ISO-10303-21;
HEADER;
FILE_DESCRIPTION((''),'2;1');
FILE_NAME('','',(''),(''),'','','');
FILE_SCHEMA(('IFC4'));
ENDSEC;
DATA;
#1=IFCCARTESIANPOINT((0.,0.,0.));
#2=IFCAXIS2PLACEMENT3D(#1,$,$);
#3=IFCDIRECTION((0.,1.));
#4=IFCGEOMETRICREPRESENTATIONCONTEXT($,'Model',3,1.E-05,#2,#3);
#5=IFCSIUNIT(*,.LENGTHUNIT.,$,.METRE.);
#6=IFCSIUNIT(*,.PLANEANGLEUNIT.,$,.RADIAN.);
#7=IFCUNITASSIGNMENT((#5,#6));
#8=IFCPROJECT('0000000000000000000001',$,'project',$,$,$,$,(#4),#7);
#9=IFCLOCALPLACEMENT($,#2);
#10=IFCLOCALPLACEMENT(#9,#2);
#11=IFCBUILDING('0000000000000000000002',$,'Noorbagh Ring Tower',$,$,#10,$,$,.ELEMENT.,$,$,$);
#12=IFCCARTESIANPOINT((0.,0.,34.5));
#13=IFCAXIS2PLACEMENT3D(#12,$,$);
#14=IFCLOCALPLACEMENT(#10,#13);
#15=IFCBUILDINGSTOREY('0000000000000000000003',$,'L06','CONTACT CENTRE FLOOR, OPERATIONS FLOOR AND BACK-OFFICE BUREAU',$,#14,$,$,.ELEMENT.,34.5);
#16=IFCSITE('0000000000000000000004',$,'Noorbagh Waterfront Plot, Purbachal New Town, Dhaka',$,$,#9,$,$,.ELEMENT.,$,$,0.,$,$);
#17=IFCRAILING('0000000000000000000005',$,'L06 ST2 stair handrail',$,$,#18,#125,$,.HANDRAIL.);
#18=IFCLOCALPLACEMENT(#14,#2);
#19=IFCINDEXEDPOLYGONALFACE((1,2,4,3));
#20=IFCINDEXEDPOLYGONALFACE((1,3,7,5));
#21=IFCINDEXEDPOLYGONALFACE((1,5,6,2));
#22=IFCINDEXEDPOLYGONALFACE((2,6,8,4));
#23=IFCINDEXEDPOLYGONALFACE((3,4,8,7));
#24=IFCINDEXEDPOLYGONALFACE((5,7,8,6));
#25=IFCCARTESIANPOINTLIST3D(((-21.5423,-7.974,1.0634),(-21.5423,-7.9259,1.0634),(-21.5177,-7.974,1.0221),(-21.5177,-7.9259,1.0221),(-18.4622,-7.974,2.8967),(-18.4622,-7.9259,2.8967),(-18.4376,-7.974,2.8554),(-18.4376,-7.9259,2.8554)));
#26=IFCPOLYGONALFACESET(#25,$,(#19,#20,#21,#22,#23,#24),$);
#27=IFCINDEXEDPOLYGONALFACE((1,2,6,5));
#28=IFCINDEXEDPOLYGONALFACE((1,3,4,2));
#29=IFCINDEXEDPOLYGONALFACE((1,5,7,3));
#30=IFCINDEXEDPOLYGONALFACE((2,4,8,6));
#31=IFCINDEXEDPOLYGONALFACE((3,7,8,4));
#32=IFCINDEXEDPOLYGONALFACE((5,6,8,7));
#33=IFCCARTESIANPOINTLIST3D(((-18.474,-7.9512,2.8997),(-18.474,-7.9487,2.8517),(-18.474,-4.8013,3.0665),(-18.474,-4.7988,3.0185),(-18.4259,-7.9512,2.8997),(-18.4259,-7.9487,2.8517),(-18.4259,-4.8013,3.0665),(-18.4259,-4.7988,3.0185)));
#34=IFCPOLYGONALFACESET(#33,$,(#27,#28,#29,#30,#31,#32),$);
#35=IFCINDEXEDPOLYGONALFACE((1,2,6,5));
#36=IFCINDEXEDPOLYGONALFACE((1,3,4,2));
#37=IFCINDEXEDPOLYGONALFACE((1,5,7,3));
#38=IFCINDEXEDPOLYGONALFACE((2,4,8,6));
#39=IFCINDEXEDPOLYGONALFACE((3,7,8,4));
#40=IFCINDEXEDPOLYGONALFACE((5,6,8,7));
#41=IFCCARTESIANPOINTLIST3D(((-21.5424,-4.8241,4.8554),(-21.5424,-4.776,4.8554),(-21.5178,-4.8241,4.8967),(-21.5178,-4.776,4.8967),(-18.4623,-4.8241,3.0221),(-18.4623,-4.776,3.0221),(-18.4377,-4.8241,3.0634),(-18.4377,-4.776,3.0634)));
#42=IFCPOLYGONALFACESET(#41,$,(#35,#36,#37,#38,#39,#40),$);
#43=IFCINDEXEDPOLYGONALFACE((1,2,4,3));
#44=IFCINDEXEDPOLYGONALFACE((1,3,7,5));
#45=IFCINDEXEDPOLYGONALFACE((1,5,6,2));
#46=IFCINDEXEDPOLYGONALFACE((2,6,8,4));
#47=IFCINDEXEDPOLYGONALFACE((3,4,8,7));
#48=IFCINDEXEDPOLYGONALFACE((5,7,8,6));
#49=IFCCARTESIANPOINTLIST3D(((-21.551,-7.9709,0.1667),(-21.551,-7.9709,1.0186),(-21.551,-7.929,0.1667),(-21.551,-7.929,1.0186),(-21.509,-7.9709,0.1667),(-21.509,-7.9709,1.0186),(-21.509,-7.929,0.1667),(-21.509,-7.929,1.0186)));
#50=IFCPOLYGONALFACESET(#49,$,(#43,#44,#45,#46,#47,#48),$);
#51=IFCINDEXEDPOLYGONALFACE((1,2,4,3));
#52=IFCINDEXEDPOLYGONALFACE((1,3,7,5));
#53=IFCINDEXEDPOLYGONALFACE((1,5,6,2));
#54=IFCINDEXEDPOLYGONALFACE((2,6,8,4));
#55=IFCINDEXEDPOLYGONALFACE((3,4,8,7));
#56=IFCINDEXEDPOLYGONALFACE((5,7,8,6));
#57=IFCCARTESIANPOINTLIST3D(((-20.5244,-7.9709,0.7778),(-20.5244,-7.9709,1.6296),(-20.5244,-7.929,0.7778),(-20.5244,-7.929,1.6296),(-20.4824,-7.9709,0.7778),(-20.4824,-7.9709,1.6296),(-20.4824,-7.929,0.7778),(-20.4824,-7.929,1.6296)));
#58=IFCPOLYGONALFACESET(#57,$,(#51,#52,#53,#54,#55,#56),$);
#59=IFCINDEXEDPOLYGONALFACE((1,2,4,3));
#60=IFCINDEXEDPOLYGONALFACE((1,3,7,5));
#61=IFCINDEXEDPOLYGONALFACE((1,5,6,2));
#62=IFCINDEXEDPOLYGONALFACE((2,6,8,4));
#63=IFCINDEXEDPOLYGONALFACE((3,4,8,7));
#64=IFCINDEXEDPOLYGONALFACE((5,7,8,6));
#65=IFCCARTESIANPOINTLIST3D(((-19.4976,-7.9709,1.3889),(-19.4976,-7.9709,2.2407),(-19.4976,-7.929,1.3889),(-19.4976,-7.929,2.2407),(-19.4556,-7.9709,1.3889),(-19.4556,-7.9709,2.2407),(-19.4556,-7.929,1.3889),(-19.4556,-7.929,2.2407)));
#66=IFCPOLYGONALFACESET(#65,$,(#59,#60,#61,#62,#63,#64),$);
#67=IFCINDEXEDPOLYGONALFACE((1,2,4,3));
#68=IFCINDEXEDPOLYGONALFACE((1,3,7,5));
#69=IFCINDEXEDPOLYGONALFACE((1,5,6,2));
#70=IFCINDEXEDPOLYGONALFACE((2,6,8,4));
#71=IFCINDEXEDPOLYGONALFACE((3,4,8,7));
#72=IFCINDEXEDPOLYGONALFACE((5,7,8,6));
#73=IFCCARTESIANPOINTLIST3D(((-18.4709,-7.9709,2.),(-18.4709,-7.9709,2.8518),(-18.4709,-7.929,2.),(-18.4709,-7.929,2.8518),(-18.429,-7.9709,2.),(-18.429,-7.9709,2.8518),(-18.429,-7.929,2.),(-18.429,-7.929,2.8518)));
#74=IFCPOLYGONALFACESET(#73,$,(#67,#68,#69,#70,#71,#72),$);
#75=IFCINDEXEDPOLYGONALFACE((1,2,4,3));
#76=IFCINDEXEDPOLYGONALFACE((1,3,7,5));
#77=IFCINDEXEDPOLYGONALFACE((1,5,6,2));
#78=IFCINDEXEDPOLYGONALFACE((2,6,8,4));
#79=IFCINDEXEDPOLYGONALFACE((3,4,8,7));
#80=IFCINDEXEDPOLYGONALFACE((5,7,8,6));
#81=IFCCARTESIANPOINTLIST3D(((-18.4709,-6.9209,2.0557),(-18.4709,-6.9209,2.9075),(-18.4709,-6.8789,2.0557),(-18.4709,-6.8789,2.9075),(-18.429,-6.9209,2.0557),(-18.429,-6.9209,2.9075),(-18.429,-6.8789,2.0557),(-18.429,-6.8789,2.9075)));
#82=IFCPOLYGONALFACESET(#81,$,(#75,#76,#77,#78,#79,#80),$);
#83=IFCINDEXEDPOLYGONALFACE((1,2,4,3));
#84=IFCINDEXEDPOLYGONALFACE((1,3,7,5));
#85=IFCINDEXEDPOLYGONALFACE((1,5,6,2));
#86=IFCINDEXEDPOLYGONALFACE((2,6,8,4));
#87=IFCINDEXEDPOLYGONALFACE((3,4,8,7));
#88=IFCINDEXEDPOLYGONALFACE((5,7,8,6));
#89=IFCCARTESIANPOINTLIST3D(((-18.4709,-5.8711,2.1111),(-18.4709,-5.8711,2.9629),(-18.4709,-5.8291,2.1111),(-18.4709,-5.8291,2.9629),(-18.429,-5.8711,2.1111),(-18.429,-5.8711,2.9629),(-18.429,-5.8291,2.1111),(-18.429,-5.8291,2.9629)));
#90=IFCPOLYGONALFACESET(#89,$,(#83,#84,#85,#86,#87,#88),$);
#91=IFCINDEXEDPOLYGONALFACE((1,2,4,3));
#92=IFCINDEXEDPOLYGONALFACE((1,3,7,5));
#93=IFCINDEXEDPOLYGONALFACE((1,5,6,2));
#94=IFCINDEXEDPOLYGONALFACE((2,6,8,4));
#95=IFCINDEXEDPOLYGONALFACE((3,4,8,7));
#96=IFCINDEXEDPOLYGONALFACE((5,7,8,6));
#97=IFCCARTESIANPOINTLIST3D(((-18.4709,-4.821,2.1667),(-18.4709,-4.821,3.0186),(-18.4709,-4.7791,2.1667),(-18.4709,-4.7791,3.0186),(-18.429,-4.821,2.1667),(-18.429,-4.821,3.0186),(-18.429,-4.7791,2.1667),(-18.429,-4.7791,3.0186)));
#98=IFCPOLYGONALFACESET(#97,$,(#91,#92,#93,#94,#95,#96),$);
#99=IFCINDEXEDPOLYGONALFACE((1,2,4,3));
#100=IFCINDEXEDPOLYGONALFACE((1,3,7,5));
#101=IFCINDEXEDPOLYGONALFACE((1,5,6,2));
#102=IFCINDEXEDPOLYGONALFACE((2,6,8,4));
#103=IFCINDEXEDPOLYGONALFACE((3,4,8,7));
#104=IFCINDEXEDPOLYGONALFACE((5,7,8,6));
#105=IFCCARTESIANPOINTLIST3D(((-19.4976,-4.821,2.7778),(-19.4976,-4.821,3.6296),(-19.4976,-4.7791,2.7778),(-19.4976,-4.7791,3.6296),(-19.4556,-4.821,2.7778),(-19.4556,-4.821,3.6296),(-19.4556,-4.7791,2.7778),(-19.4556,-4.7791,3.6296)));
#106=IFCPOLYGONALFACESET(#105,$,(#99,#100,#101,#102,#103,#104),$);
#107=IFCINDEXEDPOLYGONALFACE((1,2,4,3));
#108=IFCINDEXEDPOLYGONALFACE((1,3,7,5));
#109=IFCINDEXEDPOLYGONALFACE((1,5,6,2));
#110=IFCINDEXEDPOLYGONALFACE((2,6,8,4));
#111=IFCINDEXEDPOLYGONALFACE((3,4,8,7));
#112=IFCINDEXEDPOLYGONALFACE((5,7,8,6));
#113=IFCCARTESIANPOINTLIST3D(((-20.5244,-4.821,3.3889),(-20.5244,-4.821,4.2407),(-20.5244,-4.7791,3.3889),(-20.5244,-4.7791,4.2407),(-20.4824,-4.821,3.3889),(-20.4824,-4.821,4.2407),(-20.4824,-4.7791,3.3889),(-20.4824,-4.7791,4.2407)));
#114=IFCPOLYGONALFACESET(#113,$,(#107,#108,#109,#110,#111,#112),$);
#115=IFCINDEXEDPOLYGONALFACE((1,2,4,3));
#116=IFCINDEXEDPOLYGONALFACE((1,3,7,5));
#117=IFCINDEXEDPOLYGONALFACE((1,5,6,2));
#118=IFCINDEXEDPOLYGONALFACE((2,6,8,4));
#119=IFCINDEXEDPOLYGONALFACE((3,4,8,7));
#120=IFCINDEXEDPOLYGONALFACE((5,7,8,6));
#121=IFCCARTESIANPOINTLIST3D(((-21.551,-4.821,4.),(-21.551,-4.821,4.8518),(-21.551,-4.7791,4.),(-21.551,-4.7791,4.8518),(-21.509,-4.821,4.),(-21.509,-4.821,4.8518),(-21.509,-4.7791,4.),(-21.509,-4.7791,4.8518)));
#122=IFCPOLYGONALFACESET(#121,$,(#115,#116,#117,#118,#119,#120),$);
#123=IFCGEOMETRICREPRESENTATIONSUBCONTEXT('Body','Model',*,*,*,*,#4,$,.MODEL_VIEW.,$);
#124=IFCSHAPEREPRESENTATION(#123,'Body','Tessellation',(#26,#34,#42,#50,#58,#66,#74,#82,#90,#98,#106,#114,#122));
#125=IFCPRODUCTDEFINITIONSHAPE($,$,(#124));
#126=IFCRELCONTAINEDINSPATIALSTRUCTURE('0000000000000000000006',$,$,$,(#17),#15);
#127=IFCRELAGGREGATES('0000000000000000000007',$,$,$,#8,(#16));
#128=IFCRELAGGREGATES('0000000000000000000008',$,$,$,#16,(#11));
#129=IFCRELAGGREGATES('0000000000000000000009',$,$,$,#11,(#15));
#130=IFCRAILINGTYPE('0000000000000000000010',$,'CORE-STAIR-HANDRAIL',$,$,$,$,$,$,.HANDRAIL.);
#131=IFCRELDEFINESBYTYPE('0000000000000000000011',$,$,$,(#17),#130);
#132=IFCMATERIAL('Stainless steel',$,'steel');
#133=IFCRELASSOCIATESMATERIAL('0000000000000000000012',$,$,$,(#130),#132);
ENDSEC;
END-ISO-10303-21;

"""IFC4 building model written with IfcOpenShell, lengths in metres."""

from ifc_helpers import new_model, si_unit, direction, frame, origin, origin_2d, place, context, subcontext, project, spatial, rectangle, extrude, material, type_object, element, save


model = new_model("IFC4")

# Units and contexts
model_context = context("Model", 3, precision=1e-05, world=origin(), true_north=direction((0.0, 1.0)))
body_context = subcontext(model_context, "Body", "Model", "MODEL_VIEW")
ifc_project = project(units=[si_unit("LENGTHUNIT", "METRE"), si_unit("PLANEANGLEUNIT", "RADIAN")], contexts=[model_context])

# Site, building, storey
site_placement = place(None, origin())
site = spatial("IfcSite", under=ifc_project, at=site_placement, Name="Noorbagh Waterfront Plot, Purbachal New Town, Dhaka", CompositionType="ELEMENT", RefElevation=0.0)
building_placement = place(site_placement, origin())
building = spatial("IfcBuilding", under=site, at=building_placement, Name="Noorbagh Ring Tower", CompositionType="ELEMENT")
storey_placement = place(building_placement, frame((0.0, 0.0, 34.5)))
storey = spatial("IfcBuildingStorey", under=building, at=storey_placement, Name="L06", Description="CONTACT CENTRE FLOOR, OPERATIONS FLOOR AND BACK-OFFICE BUREAU", CompositionType="ELEMENT", Elevation=34.5)

# Railing
ifc_material_1 = material(Name="Stainless steel", Category="steel")
railing_type_1 = type_object("IfcRailingType", Name="CORE-STAIR-HANDRAIL", PredefinedType="HANDRAIL", material=ifc_material_1)
railing_1_placement = place(storey_placement, frame((-21.53, -7.95, 0.1667)))
element("IfcRailing", 1, at=railing_1_placement, inside=storey, type_object=railing_type_1, Name="L06 ST2 stair handrail", PredefinedType="HANDRAIL", context=body_context, shape_type="SweptSolid", body=[
    extrude(rectangle(XDim=0.0481, YDim=0.0481, at=origin_2d()), frame((0.0, 0.0, 0.876), z_axis=(0.859309, 0.0, 0.511458), x_axis=(0.0, 1.0, 0.0)), (0.0, 0.0, 1.0), 3.5845),
    extrude(rectangle(XDim=0.0481, YDim=0.0481, at=origin_2d()), frame((3.0801, 0.0, 2.709), z_axis=(0.0, 0.998602, 0.052864), x_axis=(-1.0, 0.0, 0.0)), (0.0, 0.0, 1.0), 3.1543),
    extrude(rectangle(XDim=0.0481, YDim=0.0481, at=origin_2d()), frame((3.0801, 3.1499, 2.876), z_axis=(-0.859309, 0.0, 0.511458), x_axis=(0.0, -1.0, 0.0)), (0.0, 0.0, 1.0), 3.5845),
    extrude(rectangle(XDim=0.042, YDim=0.042, at=origin_2d()), origin(), (0.0, 0.0, 1.0), 0.8518),
    extrude(rectangle(XDim=0.042, YDim=0.042, at=origin_2d()), frame((1.0266, 0.0, 0.6111)), (0.0, 0.0, 1.0), 0.8518),
    extrude(rectangle(XDim=0.042, YDim=0.042, at=origin_2d()), frame((2.0535, 0.0, 1.2222)), (0.0, 0.0, 1.0), 0.8518),
    extrude(rectangle(XDim=0.042, YDim=0.042, at=origin_2d()), frame((3.0801, 0.0, 1.8333)), (0.0, 0.0, 1.0), 0.8518),
    extrude(rectangle(XDim=0.042, YDim=0.042, at=origin_2d()), frame((3.0801, 1.05, 1.8889)), (0.0, 0.0, 1.0), 0.8518),
    extrude(rectangle(XDim=0.042, YDim=0.042, at=origin_2d()), frame((3.0801, 2.0999, 1.9443)), (0.0, 0.0, 1.0), 0.8518),
    extrude(rectangle(XDim=0.042, YDim=0.042, at=origin_2d()), frame((3.0801, 3.1499, 2.0)), (0.0, 0.0, 1.0), 0.8518),
    extrude(rectangle(XDim=0.042, YDim=0.042, at=origin_2d()), frame((2.0535, 3.1499, 2.6111)), (0.0, 0.0, 1.0), 0.8518),
    extrude(rectangle(XDim=0.042, YDim=0.042, at=origin_2d()), frame((1.0266, 3.1499, 3.2222)), (0.0, 0.0, 1.0), 0.8518),
    extrude(rectangle(XDim=0.042, YDim=0.042, at=origin_2d()), frame((0.0, 3.1499, 3.8333)), (0.0, 0.0, 1.0), 0.8518),
])

save(model, "model.ifc")
